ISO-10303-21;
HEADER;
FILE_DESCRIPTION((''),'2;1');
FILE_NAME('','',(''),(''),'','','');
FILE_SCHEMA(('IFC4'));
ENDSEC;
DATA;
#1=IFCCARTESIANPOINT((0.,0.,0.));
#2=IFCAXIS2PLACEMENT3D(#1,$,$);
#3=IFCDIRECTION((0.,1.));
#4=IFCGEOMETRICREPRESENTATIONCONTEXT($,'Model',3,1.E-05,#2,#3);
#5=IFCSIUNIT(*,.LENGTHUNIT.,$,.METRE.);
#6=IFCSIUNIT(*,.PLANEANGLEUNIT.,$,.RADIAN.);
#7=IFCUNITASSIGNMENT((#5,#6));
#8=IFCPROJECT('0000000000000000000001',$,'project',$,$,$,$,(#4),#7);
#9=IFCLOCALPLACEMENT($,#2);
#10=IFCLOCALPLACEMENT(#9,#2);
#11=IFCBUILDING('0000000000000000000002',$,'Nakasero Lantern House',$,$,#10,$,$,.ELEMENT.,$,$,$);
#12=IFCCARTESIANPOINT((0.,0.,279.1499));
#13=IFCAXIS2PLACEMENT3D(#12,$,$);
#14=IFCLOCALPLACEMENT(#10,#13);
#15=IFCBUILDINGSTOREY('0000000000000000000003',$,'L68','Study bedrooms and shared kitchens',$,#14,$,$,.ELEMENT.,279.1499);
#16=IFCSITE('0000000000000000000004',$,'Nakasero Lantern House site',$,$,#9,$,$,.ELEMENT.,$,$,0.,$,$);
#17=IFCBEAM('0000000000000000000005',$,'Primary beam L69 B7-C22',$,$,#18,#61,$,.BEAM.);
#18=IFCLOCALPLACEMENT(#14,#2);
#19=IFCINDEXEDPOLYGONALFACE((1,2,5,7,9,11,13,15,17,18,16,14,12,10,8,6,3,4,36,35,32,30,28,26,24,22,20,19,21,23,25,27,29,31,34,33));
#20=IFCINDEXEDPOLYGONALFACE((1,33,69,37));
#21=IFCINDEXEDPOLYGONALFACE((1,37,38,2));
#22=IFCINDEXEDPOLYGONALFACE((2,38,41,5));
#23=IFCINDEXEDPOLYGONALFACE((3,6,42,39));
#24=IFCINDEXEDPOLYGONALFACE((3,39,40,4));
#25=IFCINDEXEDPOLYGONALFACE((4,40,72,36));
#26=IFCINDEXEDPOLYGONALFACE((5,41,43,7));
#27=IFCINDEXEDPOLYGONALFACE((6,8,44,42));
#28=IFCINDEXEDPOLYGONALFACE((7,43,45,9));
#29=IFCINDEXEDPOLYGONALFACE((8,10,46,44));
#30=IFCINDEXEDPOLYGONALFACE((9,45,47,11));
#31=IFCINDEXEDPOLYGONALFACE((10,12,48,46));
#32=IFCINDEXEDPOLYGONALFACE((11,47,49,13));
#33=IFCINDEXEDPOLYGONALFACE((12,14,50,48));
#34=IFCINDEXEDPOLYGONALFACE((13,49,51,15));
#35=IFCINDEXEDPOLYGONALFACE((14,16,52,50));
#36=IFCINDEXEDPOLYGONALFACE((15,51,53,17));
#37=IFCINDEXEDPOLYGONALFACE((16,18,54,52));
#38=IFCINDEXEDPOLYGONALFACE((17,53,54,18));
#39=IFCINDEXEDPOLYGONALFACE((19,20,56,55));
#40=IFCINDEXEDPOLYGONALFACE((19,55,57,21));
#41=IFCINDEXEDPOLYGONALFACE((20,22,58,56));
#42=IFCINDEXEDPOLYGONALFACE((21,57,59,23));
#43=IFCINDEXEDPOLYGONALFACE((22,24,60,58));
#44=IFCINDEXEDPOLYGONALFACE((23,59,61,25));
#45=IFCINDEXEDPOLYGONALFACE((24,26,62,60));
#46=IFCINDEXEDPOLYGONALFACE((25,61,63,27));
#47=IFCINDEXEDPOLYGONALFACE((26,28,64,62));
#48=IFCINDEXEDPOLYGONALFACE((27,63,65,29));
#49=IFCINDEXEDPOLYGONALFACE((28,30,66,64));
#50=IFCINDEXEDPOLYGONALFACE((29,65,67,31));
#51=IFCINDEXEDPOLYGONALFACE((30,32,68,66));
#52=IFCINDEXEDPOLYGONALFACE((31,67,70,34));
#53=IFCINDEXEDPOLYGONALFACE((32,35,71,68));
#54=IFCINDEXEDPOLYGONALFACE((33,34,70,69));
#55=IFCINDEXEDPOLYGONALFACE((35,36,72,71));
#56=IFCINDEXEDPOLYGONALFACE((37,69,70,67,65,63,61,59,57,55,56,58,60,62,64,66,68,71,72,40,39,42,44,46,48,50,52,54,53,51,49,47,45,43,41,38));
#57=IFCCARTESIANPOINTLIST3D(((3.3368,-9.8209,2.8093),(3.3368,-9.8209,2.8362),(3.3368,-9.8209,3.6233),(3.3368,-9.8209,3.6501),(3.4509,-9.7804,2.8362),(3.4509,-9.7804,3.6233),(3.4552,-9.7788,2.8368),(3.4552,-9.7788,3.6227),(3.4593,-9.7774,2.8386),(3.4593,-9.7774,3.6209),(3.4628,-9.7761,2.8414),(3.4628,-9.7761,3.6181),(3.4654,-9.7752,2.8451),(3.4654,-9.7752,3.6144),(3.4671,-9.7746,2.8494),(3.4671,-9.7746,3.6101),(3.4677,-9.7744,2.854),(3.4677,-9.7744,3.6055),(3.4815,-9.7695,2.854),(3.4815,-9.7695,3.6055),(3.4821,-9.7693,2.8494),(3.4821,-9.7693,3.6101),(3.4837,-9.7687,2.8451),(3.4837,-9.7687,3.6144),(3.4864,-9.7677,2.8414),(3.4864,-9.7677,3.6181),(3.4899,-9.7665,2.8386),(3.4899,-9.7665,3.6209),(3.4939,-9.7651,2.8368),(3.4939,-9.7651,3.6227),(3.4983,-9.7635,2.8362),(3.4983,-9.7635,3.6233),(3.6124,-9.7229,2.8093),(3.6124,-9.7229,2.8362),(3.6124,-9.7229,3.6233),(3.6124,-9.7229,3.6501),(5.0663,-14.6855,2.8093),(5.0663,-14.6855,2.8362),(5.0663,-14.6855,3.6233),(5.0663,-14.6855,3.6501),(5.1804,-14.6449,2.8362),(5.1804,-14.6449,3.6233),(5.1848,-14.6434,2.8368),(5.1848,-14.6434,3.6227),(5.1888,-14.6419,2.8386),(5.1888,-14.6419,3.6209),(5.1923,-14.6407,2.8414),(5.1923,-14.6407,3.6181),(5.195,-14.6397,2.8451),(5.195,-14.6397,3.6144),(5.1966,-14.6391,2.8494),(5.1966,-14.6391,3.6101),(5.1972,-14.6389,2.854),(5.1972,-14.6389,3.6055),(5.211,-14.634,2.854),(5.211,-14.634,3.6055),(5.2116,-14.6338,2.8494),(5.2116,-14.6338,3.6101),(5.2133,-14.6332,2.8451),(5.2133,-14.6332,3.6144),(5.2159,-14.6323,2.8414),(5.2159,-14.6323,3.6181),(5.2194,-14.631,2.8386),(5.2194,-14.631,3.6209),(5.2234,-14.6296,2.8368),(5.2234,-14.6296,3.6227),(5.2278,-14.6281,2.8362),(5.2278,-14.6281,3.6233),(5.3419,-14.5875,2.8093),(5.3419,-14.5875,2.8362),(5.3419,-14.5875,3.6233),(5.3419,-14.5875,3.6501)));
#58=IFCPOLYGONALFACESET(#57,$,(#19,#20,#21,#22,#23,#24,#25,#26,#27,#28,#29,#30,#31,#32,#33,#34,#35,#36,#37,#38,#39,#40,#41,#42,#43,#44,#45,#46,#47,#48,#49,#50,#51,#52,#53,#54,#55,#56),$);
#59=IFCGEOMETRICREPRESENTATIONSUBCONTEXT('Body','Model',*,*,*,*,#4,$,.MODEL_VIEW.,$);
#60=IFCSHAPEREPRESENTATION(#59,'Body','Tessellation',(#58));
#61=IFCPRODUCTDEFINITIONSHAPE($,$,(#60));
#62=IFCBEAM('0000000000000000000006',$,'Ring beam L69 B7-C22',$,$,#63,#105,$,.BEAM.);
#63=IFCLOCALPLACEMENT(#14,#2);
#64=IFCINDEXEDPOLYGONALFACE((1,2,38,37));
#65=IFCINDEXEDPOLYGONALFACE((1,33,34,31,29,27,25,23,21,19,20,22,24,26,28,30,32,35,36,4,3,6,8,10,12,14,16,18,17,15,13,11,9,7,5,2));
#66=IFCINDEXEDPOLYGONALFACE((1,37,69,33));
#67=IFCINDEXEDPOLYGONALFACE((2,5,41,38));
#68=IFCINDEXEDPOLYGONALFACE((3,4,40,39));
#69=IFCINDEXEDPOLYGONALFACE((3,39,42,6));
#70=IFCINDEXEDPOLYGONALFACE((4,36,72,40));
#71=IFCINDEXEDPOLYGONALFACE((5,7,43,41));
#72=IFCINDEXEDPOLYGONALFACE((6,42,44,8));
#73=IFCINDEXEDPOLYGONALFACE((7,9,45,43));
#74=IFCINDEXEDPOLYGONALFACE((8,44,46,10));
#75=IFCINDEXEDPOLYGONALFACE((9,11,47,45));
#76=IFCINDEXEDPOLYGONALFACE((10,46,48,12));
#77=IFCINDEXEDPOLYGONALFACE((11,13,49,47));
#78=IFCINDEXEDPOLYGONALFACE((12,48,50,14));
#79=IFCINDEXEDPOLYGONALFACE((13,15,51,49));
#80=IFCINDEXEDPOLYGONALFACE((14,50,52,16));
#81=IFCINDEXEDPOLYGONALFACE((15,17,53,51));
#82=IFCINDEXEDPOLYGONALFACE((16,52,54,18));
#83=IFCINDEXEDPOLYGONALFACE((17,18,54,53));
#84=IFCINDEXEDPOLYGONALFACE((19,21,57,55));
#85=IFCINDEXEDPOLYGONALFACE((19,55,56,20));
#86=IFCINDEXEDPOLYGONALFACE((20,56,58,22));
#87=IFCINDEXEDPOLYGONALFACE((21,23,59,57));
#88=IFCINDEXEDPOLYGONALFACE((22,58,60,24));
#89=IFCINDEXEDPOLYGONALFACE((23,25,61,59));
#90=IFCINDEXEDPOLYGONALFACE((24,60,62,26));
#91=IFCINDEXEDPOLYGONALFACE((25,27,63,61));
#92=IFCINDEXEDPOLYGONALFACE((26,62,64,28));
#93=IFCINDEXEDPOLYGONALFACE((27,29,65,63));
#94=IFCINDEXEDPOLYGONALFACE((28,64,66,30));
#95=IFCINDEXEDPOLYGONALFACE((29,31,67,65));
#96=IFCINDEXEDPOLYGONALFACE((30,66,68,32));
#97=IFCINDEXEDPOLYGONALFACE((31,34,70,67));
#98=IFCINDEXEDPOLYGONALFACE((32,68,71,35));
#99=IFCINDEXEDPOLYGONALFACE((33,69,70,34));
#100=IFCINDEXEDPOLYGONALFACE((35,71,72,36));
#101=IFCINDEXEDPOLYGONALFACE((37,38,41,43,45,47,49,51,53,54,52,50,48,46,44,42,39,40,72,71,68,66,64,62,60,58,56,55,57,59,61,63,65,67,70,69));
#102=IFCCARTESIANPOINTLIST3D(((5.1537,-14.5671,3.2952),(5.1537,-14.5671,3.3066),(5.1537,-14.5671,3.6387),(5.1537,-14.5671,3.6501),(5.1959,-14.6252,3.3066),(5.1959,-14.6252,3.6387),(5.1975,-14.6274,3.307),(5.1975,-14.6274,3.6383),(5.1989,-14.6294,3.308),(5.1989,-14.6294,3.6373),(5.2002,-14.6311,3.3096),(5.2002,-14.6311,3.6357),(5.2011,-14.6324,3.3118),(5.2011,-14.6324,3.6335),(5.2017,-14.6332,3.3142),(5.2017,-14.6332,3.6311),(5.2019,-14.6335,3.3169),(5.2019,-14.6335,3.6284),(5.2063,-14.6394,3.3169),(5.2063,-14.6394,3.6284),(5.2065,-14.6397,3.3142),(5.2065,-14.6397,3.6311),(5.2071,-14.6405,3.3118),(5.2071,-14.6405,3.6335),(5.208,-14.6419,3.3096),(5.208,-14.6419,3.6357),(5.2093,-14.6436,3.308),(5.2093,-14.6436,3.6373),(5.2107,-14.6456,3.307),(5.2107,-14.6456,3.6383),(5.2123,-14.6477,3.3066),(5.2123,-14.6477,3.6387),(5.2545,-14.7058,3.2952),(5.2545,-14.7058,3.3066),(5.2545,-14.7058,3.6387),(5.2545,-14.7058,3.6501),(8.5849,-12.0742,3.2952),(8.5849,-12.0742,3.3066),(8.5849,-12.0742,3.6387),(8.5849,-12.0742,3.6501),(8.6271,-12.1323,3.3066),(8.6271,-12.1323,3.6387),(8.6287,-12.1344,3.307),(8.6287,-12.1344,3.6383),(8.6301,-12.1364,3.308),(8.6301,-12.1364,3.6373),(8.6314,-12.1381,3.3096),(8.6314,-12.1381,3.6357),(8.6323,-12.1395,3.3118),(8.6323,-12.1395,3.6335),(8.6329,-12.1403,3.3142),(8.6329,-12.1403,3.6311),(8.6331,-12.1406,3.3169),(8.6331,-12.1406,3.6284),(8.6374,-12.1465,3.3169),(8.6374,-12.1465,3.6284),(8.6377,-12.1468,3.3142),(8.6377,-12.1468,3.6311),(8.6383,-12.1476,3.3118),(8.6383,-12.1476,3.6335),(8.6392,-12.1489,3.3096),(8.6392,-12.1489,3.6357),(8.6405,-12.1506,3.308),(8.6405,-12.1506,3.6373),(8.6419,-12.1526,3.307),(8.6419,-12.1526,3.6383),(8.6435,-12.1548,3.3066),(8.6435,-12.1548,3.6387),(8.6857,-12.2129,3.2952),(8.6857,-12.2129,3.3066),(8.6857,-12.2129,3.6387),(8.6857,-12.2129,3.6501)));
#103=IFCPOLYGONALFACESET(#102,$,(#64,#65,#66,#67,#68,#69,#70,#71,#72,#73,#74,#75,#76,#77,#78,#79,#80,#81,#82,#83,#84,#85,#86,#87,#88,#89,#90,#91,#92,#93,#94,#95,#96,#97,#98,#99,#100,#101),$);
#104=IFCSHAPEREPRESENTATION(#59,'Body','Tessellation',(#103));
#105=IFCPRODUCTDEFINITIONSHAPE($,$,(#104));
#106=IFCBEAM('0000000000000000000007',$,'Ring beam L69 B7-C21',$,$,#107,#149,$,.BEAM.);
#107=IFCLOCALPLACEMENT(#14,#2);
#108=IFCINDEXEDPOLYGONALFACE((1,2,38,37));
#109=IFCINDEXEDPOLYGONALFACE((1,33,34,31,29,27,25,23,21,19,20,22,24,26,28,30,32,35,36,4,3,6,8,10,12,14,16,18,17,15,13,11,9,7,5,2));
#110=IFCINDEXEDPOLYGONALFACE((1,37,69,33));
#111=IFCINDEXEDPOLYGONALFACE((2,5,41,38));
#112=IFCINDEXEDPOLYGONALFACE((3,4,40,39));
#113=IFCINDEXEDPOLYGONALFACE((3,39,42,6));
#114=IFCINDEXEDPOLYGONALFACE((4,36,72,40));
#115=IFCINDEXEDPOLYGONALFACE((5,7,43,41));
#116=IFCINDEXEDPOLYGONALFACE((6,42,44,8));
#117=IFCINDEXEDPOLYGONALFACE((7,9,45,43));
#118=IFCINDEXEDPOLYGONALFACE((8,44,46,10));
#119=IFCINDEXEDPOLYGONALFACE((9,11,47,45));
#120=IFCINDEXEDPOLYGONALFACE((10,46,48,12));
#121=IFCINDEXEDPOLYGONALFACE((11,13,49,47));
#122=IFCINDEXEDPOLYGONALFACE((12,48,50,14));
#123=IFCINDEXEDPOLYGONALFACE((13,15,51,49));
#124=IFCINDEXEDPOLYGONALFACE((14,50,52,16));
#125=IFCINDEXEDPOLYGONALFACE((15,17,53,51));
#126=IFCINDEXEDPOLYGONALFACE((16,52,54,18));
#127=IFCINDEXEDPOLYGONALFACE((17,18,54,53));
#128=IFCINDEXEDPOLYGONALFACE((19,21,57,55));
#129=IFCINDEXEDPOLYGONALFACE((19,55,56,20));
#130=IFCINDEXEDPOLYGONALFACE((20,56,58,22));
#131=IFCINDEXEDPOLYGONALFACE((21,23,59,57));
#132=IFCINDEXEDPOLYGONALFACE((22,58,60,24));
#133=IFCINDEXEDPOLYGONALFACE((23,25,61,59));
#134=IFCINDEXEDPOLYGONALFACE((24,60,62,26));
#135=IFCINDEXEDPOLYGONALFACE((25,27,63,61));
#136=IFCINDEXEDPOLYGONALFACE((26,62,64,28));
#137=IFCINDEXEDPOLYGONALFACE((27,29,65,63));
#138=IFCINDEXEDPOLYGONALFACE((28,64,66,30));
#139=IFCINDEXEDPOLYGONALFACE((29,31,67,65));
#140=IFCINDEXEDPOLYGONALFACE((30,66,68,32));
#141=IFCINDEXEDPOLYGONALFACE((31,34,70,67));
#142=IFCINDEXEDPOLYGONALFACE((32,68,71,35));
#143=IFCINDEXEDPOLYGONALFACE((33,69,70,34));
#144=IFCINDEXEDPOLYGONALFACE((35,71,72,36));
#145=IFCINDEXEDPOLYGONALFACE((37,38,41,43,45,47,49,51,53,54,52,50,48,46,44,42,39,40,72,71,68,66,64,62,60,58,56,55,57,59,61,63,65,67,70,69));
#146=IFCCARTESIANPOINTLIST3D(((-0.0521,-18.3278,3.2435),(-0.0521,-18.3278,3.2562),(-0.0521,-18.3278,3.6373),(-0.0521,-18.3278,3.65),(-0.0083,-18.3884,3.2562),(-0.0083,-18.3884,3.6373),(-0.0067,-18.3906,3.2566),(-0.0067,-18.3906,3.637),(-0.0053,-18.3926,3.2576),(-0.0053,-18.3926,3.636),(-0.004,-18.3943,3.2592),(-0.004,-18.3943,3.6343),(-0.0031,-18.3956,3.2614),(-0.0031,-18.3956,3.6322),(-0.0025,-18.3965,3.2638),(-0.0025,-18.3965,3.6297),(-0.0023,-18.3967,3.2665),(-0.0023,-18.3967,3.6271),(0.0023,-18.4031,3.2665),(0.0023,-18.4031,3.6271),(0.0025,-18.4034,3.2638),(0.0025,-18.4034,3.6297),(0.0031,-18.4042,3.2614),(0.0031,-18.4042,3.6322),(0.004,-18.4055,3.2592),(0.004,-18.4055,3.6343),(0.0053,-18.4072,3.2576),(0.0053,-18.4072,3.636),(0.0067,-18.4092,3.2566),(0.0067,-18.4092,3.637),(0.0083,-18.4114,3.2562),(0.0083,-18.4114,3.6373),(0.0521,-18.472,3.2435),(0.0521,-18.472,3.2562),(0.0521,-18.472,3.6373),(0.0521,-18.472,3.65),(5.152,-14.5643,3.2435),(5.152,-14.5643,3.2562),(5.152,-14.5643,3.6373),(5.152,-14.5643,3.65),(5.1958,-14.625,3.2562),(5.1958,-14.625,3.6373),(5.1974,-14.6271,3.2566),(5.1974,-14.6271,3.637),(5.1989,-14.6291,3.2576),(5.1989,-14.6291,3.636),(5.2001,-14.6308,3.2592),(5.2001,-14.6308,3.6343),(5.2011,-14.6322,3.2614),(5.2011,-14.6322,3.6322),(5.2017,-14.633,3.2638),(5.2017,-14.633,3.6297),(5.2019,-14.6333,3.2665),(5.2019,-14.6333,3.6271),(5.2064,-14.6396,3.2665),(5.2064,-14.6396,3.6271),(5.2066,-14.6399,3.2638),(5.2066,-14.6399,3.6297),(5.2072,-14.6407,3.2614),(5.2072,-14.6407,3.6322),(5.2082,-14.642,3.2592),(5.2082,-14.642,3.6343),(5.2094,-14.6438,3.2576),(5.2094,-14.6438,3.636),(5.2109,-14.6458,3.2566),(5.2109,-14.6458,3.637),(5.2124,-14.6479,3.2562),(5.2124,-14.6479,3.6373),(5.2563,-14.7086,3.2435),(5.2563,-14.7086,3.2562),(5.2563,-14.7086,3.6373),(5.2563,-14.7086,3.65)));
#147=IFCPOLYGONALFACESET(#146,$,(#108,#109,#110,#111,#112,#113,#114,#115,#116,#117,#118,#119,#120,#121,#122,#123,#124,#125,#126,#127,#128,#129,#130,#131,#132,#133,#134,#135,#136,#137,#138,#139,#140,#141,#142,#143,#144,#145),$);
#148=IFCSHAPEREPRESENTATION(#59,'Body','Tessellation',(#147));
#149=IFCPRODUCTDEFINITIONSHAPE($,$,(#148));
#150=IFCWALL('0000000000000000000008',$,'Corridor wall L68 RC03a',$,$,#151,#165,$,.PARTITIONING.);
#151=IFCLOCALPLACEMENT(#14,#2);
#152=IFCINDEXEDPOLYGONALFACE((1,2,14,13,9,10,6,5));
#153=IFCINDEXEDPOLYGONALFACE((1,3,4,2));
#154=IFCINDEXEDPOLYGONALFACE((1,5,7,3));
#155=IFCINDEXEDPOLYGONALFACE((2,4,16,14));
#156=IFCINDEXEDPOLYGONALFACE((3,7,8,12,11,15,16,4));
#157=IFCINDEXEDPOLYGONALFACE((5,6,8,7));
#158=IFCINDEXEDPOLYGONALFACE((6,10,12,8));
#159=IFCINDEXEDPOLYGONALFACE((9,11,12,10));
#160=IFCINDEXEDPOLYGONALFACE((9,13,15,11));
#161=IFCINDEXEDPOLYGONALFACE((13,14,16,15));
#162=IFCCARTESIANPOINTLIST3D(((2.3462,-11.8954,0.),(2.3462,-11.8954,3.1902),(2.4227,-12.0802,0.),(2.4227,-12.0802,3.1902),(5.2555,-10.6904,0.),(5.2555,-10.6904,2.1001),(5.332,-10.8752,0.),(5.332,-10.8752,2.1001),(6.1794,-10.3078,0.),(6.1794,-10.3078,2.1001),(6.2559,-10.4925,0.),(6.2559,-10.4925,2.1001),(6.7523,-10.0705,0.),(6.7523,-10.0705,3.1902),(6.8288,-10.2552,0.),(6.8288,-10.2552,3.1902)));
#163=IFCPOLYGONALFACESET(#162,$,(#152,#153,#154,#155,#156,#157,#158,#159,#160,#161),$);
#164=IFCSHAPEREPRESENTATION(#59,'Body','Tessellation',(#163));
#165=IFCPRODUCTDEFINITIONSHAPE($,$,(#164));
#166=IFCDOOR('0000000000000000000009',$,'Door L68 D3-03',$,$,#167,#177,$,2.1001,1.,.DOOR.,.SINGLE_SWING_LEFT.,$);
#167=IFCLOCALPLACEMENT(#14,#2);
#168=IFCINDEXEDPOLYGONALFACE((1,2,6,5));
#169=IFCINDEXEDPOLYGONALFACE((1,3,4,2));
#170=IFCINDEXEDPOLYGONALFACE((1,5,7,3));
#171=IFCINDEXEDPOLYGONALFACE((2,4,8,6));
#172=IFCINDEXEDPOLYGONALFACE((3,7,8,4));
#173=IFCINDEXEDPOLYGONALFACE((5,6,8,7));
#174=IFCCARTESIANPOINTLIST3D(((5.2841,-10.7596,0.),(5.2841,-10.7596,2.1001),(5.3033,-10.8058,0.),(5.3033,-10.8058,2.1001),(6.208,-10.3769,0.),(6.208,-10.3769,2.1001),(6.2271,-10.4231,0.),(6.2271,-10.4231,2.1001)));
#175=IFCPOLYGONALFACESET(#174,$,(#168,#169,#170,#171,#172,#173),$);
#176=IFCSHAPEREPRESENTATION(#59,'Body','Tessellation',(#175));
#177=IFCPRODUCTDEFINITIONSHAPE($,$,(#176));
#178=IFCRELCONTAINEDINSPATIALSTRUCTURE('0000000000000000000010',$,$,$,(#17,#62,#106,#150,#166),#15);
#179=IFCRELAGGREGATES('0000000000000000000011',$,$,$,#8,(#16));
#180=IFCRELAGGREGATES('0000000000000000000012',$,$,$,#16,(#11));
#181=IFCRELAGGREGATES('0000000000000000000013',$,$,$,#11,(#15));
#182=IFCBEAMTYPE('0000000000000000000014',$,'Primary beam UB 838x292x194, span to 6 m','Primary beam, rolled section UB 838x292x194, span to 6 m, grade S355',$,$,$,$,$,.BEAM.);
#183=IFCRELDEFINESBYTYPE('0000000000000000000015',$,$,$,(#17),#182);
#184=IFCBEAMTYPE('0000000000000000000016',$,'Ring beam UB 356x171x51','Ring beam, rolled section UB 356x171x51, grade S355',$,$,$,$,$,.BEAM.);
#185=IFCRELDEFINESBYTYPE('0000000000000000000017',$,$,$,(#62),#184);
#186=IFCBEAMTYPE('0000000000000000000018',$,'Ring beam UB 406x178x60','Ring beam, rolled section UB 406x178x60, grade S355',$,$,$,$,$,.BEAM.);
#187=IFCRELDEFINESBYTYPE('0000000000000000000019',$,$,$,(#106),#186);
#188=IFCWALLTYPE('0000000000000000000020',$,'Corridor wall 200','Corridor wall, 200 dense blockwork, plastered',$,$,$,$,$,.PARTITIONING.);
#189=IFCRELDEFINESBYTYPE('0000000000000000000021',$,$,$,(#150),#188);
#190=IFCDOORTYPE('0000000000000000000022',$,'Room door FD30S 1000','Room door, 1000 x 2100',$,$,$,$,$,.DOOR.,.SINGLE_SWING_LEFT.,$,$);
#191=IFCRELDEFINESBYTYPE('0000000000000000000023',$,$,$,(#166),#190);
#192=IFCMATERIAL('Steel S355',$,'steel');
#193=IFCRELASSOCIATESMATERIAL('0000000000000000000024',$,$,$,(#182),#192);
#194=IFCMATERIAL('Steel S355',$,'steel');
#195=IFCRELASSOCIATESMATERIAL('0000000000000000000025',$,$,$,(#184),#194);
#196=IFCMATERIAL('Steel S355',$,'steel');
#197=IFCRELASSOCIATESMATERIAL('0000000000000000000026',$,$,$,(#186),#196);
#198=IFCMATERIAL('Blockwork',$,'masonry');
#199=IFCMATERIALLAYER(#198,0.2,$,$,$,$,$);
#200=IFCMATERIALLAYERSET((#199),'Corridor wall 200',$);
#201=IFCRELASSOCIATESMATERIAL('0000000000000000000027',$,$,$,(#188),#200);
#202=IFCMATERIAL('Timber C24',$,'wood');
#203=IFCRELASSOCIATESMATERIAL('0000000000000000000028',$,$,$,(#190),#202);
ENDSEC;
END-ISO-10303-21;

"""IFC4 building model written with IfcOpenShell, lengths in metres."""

from ifc_helpers import new_model, si_unit, direction, frame, frame_2d, origin, origin_2d, place, context, subcontext, project, spatial, rectangle, i_section, extrude, material, layer, layer_set, material_profile, profile_set, type_object, element, fill, save


model = new_model("IFC4")

# Units and contexts
model_context = context("Model", 3, precision=1e-05, world=origin(), true_north=direction((0.0, 1.0)))
body_context = subcontext(model_context, "Body", "Model", "MODEL_VIEW")
ifc_project = project(units=[si_unit("LENGTHUNIT", "METRE"), si_unit("PLANEANGLEUNIT", "RADIAN")], contexts=[model_context])

# Site, building, storey
site_placement = place(None, origin())
site = spatial("IfcSite", under=ifc_project, at=site_placement, Name="Nakasero Lantern House site", CompositionType="ELEMENT", RefElevation=0.0)
building_placement = place(site_placement, origin())
building = spatial("IfcBuilding", under=site, at=building_placement, Name="Nakasero Lantern House", CompositionType="ELEMENT")
storey_placement = place(building_placement, frame((0.0, 0.0, 279.1499)))
storey = spatial("IfcBuildingStorey", under=building, at=storey_placement, Name="L68", Description="Study bedrooms and shared kitchens", CompositionType="ELEMENT", Elevation=279.1499)

# Beams
ifc_material_1 = material(Name="Steel S355", Category="steel")
ifc_material_profile_1 = material_profile(ifc_material_1, i_section(OverallWidth=0.2925, OverallDepth=0.8408, WebThickness=0.0146, FlangeThickness=0.0269, FilletRadius=0.0178, at=origin_2d()), Name="UB 838x292x194")
ifc_profile_set_1 = profile_set([ifc_material_profile_1], Name="Steel S355")
beam_type_1 = type_object("IfcBeamType", Name="Primary beam UB 838x292x194, span to 6 m", Description="Primary beam, rolled section UB 838x292x194, span to 6 m, grade S355", PredefinedType="BEAM", material=ifc_profile_set_1)
beam_1_placement = place(storey_placement, frame((5.2041, -14.6365, 3.2297), z_axis=(-0.334991, 0.942221, 0.0), x_axis=(-0.942221, -0.334991, 0.0)))
element("IfcBeam", 1, at=beam_1_placement, inside=storey, type_object=beam_type_1, Name="Primary beam L69 B7-C22", PredefinedType="BEAM", context=body_context, shape_type="SweptSolid", body=[
    extrude(i_section(OverallWidth=0.2925, OverallDepth=0.8408, WebThickness=0.0146, FlangeThickness=0.0269, FilletRadius=0.0178, at=origin_2d()), origin(), (0.0, 0.0, 1.0), 5.1628),
])
ifc_material_2 = material(Name="Steel S355", Category="steel")
ifc_material_profile_2 = material_profile(ifc_material_2, i_section(OverallWidth=0.1714, OverallDepth=0.355, WebThickness=0.0073, FlangeThickness=0.0115, FilletRadius=0.0103, at=origin_2d()), Name="UB 356x171x51")
ifc_profile_set_2 = profile_set([ifc_material_profile_2], Name="Steel S355")
beam_type_2 = type_object("IfcBeamType", Name="Ring beam UB 356x171x51", Description="Ring beam, rolled section UB 356x171x51, grade S355", PredefinedType="BEAM", material=ifc_profile_set_2)
beam_2_placement = place(storey_placement, frame((5.2041, -14.6365, 3.4727), z_axis=(0.809012, 0.587792, 0.0), x_axis=(-0.587792, 0.809012, 0.0)))
element("IfcBeam", 2, at=beam_2_placement, inside=storey, type_object=beam_type_2, Name="Ring beam L69 B7-C22", PredefinedType="BEAM", context=body_context, shape_type="SweptSolid", body=[
    extrude(i_section(OverallWidth=0.1714, OverallDepth=0.355, WebThickness=0.0073, FlangeThickness=0.0115, FilletRadius=0.0103, at=origin_2d()), origin(), (0.0, 0.0, 1.0), 4.2412),
])
ifc_material_3 = material(Name="Steel S355", Category="steel")
ifc_material_profile_3 = material_profile(ifc_material_3, i_section(OverallWidth=0.178, OverallDepth=0.4065, WebThickness=0.0078, FlangeThickness=0.0127, FilletRadius=0.0103, at=origin_2d()), Name="UB 406x178x60")
ifc_profile_set_3 = profile_set([ifc_material_profile_3], Name="Steel S355")
beam_type_3 = type_object("IfcBeamType", Name="Ring beam UB 406x178x60", Description="Ring beam, rolled section UB 406x178x60, grade S355", PredefinedType="BEAM", material=ifc_profile_set_3)
beam_3_placement = place(storey_placement, frame((0.0, -18.3999, 3.4468), z_axis=(0.810316, 0.585993, 0.0), x_axis=(-0.585993, 0.810316, 0.0)))
element("IfcBeam", 3, at=beam_3_placement, inside=storey, type_object=beam_type_3, Name="Ring beam L69 B7-C21", PredefinedType="BEAM", context=body_context, shape_type="SweptSolid", body=[
    extrude(i_section(OverallWidth=0.178, OverallDepth=0.4065, WebThickness=0.0078, FlangeThickness=0.0127, FilletRadius=0.0103, at=origin_2d()), origin(), (0.0, 0.0, 1.0), 6.4224),
])

# Wall, opening, door
ifc_material_4 = material(Name="Blockwork", Category="masonry")
ifc_layer_1 = layer(ifc_material_4, 0.2)
ifc_layer_set_1 = layer_set([ifc_layer_1], Name="Corridor wall 200")
wall_type_1 = type_object("IfcWallType", Name="Corridor wall 200", Description="Corridor wall, 200 dense blockwork, plastered", PredefinedType="PARTITIONING", material=ifc_layer_set_1)
wall_1_placement = place(storey_placement, frame((6.7905, -10.1628, 0.0), z_axis=(0.0, 0.0, 1.0), x_axis=(-0.923885, -0.38267, 0.0)))
wall_1 = element("IfcWall", 4, at=wall_1_placement, inside=storey, type_object=wall_type_1, Name="Corridor wall L68 RC03a", PredefinedType="PARTITIONING", context=body_context, shape_type="SweptSolid", body=[
    extrude(rectangle(XDim=4.769, YDim=0.2, at=frame_2d((2.3845, 0.0))), origin(), (0.0, 0.0, 1.0), 3.1902),
])
opening_1_placement = place(wall_1_placement, frame((0.6201, 0.0, 0.0)))
opening_1 = element("IfcOpeningElement", 5, at=opening_1_placement, cuts=wall_1, PredefinedType="OPENING", context=body_context, shape_type="SweptSolid", body=[
    extrude(rectangle(XDim=1.0, YDim=2.1001, at=frame_2d((0.5, 1.05))), frame((0.0, 0.1199, 0.0), z_axis=(0.0, -1.0, 0.0), x_axis=(1.0, 0.0, 0.0)), (0.0, 0.0, 1.0), 0.24),
])
ifc_material_5 = material(Name="Timber C24", Category="wood")
door_type_1 = type_object("IfcDoorType", Name="Room door FD30S 1000", Description="Room door, 1000 x 2100", OperationType="SINGLE_SWING_LEFT", PredefinedType="DOOR", material=ifc_material_5)
door_1_placement = place(opening_1_placement, origin())
door_1 = element("IfcDoor", 6, at=door_1_placement, inside=storey, type_object=door_type_1, Name="Door L68 D3-03", OperationType="SINGLE_SWING_LEFT", OverallHeight=2.1001, OverallWidth=1.0, PredefinedType="DOOR", context=body_context, shape_type="SweptSolid", body=[
    extrude(rectangle(XDim=1.0, YDim=2.1001, at=frame_2d((0.5, 1.05))), frame((0.0, 0.0249, 0.0), z_axis=(0.0, -1.0, 0.0), x_axis=(1.0, 0.0, 0.0)), (0.0, 0.0, 1.0), 0.05),
])
fill(opening_1, door_1)

save(model, "model.ifc")
